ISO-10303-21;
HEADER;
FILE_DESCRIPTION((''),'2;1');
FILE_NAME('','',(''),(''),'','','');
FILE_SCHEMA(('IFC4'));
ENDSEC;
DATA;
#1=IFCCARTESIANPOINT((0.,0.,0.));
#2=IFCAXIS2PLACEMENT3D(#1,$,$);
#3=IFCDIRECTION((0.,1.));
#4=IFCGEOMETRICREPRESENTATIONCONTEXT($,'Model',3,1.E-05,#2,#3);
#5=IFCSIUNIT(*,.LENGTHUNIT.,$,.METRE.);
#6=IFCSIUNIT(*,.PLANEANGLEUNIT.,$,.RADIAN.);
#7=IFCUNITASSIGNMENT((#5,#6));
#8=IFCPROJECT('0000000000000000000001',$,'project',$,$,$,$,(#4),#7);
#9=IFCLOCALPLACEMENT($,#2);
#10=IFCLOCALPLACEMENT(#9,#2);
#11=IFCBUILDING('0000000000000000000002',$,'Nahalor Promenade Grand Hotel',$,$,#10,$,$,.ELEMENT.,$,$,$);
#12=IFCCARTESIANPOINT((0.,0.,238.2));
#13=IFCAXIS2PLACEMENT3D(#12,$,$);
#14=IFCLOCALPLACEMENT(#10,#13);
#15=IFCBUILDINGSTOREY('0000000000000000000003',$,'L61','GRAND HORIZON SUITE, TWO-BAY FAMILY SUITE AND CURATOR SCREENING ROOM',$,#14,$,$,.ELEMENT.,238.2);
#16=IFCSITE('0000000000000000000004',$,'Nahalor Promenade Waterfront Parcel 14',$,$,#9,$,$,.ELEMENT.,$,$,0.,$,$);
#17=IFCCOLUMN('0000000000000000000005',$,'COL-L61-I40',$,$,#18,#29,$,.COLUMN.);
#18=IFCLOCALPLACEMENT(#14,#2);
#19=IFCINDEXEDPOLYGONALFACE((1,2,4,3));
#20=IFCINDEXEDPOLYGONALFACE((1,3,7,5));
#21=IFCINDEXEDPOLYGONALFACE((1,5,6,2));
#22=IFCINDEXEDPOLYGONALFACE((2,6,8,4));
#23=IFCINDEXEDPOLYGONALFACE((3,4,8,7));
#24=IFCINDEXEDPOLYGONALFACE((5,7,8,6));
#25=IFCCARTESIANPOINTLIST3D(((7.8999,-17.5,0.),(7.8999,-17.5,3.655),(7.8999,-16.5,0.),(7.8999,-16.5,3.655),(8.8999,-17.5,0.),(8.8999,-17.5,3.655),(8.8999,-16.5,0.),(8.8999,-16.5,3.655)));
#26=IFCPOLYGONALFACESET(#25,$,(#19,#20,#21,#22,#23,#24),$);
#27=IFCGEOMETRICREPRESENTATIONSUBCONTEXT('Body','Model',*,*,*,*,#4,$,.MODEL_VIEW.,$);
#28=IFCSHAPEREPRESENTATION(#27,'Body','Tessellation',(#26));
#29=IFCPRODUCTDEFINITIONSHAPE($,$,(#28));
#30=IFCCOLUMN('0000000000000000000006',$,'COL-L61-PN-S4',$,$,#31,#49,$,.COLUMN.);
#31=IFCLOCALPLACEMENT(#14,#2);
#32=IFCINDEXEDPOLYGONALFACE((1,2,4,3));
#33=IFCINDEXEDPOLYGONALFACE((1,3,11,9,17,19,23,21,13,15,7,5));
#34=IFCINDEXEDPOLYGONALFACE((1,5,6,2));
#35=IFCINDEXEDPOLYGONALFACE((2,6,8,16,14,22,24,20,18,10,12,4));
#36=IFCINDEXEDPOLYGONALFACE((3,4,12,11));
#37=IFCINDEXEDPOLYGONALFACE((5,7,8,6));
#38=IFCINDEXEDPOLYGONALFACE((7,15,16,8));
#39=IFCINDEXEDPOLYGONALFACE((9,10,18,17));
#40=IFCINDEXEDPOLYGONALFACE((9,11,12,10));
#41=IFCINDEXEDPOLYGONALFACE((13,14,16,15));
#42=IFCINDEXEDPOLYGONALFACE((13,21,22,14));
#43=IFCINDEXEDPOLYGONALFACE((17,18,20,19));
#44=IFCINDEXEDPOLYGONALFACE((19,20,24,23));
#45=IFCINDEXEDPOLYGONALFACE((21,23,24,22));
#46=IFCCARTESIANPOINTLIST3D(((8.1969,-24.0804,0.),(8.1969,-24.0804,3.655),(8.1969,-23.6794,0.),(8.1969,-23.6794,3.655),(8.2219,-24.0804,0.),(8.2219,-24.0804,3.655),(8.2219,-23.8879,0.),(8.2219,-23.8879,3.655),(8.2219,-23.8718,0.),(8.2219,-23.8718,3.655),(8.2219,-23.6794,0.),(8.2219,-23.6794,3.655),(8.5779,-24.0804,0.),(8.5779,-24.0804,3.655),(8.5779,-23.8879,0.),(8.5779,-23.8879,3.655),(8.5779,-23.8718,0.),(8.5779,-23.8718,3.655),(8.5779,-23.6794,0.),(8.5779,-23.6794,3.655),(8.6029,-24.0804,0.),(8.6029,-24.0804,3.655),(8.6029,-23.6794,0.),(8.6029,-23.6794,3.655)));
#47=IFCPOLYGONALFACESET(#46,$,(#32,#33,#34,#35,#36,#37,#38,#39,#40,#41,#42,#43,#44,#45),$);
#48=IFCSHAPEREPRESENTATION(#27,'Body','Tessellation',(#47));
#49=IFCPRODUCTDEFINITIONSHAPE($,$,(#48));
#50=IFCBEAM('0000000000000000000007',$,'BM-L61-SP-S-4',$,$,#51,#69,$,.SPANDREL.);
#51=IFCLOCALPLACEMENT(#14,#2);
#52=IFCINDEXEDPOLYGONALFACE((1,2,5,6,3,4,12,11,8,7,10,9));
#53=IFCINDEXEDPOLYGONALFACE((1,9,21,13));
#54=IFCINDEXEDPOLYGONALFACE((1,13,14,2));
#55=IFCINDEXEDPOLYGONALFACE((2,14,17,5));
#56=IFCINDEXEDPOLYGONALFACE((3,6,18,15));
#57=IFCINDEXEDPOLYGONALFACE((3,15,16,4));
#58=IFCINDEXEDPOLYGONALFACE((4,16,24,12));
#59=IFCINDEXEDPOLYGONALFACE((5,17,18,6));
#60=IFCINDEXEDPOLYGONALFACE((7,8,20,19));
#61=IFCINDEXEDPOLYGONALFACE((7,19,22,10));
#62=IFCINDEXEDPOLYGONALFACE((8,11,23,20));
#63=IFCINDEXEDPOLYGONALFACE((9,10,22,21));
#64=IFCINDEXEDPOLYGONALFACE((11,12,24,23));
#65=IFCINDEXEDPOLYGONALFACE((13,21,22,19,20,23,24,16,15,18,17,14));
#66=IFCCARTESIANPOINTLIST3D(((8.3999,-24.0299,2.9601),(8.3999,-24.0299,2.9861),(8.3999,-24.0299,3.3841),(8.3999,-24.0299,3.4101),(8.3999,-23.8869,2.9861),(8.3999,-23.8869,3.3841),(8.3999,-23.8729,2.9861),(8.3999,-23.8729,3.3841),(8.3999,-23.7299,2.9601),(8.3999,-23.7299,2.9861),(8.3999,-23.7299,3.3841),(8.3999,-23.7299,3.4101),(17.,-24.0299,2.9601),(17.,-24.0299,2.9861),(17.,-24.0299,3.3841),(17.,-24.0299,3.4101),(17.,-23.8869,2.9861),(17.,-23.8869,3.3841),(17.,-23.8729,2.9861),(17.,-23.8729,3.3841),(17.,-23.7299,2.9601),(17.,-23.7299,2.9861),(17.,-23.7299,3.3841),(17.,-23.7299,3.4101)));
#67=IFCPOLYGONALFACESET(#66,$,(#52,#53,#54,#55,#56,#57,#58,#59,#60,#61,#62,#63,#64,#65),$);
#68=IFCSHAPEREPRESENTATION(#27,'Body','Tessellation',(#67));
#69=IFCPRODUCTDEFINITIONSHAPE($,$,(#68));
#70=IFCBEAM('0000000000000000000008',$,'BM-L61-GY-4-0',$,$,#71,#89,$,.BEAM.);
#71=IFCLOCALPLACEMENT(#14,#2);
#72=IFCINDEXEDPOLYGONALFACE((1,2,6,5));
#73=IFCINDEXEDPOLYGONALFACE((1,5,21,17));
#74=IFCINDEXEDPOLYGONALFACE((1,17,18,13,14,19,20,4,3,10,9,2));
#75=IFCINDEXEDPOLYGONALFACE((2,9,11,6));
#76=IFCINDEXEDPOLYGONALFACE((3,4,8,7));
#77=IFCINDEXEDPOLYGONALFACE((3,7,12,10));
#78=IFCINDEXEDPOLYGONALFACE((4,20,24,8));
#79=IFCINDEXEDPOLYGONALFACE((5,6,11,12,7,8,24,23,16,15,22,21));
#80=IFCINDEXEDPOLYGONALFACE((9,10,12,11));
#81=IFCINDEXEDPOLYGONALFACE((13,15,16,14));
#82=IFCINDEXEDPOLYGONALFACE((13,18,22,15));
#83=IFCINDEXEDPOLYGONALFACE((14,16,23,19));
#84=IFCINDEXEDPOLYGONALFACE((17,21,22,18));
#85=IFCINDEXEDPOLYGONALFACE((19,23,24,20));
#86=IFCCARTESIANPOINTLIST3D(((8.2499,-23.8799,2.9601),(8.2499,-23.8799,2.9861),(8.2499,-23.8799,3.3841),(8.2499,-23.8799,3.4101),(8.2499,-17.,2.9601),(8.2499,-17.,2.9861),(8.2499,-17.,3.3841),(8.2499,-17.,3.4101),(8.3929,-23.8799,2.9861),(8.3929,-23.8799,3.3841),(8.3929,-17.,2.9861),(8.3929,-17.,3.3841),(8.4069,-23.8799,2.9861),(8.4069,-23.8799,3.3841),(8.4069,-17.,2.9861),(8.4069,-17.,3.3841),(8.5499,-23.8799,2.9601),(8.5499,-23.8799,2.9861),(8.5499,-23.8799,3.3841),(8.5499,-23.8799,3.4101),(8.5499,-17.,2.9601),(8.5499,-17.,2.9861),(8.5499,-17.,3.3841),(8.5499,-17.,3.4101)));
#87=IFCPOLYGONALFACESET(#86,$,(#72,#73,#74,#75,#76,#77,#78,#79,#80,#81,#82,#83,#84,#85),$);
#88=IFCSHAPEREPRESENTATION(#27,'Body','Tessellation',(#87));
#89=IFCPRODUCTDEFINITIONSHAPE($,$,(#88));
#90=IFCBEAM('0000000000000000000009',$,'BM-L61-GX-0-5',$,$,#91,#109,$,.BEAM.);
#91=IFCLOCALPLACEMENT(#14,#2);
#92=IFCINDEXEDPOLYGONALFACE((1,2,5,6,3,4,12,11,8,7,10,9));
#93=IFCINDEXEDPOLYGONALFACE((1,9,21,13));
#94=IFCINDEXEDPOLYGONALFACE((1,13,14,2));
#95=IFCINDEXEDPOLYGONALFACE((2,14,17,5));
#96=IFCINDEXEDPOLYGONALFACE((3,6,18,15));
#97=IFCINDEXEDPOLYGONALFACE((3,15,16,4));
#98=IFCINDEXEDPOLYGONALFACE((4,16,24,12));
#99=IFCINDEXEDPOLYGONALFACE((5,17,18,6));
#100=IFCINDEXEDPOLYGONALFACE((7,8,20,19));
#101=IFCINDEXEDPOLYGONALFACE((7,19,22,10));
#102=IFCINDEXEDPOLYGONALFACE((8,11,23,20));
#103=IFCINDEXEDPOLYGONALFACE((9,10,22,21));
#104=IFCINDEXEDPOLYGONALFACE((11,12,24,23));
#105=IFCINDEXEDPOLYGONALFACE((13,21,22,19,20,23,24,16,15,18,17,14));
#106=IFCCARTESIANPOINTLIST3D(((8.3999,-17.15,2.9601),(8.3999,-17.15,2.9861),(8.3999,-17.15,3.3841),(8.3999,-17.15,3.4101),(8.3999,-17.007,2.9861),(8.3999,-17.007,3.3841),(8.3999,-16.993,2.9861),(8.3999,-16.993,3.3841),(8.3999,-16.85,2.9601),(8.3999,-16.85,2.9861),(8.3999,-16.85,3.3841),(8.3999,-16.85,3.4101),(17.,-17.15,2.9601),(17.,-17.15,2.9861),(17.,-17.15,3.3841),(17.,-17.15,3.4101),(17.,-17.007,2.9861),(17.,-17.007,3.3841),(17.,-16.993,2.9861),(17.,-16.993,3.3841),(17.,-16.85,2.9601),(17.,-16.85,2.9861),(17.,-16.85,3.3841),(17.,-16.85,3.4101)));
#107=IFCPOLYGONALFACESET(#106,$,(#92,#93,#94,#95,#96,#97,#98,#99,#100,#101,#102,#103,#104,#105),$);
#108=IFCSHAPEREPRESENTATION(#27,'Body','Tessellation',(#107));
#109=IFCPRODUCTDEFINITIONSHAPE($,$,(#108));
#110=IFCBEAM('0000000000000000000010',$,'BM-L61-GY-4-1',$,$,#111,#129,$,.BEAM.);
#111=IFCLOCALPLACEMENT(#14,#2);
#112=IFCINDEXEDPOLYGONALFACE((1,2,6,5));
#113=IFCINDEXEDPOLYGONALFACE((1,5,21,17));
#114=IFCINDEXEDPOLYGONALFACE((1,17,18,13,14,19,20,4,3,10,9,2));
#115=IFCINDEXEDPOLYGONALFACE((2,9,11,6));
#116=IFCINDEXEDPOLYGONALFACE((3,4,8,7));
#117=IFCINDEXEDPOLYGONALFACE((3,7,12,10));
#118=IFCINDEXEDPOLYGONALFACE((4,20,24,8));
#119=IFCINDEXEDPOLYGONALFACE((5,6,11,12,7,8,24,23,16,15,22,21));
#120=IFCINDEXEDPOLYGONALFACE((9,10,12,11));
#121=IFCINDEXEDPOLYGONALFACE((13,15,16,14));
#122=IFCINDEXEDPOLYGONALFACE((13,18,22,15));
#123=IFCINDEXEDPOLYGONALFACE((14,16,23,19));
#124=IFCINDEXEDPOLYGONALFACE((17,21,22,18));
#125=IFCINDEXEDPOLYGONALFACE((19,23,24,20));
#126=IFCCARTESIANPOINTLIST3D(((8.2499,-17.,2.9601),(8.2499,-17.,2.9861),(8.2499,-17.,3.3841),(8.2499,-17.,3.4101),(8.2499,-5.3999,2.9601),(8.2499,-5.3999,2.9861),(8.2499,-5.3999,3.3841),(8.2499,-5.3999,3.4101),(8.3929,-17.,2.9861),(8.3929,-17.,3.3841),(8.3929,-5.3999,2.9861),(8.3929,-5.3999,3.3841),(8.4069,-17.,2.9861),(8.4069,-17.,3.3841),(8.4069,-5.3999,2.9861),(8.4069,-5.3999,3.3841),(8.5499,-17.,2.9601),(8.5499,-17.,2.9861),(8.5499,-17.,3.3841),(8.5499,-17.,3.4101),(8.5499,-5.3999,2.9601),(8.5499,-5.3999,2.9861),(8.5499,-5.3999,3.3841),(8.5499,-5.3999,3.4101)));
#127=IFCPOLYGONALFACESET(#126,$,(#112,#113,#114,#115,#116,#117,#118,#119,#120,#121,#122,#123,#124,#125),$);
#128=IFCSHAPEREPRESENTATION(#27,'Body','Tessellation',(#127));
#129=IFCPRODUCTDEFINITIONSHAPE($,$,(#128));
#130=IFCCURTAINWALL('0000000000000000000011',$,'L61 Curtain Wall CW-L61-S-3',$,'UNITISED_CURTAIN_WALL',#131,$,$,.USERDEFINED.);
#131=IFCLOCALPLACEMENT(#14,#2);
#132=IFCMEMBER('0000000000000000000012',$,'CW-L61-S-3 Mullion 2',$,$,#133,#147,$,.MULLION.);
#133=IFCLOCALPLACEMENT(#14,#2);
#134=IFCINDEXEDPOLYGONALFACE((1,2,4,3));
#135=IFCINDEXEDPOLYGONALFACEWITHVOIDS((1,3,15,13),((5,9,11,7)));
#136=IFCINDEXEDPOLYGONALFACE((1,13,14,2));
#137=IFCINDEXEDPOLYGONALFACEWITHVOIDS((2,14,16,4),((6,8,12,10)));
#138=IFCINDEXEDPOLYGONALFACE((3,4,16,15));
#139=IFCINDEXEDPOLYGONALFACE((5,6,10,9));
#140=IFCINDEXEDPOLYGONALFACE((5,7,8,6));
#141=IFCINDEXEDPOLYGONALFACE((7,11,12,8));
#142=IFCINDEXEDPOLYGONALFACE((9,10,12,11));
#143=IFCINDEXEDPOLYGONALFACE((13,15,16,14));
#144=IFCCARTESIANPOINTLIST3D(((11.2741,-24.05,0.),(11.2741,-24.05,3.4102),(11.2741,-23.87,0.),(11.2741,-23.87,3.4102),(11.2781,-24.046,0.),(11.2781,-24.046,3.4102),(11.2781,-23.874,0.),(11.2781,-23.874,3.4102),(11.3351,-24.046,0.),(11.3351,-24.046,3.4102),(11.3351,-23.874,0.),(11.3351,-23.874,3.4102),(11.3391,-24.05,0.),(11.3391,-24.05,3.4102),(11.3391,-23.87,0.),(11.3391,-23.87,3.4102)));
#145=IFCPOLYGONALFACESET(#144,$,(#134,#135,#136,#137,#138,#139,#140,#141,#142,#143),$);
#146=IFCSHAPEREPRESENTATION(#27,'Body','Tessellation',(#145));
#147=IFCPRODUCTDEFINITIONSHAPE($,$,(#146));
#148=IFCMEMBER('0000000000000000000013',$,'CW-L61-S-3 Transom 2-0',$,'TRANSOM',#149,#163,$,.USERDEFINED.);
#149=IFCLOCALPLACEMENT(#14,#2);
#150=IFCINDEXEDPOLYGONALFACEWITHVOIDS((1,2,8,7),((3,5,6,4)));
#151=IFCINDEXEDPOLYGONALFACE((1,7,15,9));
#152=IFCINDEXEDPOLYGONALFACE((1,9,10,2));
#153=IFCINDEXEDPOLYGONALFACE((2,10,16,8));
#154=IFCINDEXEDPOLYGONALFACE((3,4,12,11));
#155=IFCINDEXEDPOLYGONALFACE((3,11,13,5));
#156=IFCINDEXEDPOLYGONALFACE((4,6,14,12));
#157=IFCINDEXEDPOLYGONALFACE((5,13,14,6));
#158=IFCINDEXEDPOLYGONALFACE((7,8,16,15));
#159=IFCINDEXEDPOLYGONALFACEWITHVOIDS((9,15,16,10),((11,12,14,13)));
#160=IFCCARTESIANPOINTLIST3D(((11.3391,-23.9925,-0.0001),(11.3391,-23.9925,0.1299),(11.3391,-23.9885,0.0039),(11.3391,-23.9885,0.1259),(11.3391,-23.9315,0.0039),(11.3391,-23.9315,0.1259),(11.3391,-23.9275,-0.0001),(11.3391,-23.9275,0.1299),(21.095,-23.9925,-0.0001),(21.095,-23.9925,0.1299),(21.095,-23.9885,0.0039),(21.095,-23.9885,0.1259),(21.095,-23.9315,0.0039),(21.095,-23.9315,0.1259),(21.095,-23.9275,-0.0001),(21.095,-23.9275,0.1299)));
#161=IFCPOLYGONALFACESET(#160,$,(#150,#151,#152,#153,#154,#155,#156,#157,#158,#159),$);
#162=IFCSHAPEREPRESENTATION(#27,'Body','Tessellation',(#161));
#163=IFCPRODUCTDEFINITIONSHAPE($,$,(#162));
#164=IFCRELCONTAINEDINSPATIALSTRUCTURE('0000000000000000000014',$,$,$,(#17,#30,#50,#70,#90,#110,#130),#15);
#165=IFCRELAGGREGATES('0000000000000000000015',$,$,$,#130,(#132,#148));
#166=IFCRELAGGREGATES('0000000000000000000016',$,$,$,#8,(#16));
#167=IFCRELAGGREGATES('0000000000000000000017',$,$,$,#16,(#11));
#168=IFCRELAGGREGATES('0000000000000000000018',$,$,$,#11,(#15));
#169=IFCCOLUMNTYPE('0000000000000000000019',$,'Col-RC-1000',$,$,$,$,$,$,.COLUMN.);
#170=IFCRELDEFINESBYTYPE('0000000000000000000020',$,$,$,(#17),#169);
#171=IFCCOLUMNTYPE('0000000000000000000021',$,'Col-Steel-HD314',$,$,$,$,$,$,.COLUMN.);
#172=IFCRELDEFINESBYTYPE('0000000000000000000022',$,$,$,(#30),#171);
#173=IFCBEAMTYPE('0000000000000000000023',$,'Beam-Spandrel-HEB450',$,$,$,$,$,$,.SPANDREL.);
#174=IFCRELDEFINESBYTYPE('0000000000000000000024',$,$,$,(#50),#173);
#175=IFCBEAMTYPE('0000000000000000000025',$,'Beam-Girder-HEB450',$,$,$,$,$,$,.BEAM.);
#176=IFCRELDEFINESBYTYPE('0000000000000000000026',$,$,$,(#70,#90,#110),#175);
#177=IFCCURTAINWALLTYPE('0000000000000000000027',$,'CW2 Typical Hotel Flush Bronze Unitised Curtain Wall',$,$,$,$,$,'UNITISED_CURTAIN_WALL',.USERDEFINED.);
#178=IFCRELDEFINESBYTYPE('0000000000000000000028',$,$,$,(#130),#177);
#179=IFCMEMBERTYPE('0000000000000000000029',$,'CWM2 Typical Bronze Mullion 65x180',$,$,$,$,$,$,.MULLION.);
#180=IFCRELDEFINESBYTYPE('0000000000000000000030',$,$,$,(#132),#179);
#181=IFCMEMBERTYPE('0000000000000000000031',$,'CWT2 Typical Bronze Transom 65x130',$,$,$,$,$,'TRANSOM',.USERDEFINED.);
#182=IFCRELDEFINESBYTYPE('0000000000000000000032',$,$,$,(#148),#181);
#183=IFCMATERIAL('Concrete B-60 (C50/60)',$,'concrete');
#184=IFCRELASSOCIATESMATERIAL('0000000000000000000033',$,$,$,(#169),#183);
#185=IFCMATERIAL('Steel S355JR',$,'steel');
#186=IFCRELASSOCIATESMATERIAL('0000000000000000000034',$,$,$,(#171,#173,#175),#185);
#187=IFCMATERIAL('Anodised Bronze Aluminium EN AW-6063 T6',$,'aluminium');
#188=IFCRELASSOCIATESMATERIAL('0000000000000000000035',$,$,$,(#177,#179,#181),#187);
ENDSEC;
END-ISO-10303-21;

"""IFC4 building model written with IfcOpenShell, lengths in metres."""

from ifc_helpers import new_model, si_unit, direction, frame, origin, origin_2d, place, context, subcontext, project, spatial, rectangle, hollow_rectangle, i_section, extrude, source, transform, mapped, material, material_profile, profile_set, type_object, element, aggregate, save


model = new_model("IFC4")

# Units and contexts
model_context = context("Model", 3, precision=1e-05, world=origin(), true_north=direction((0.0, 1.0)))
body_context = subcontext(model_context, "Body", "Model", "MODEL_VIEW")
ifc_project = project(units=[si_unit("LENGTHUNIT", "METRE"), si_unit("PLANEANGLEUNIT", "RADIAN")], contexts=[model_context])

# Site, building, storey
site_placement = place(None, origin())
site = spatial("IfcSite", under=ifc_project, at=site_placement, Name="Nahalor Promenade Waterfront Parcel 14", CompositionType="ELEMENT", RefElevation=0.0)
building_placement = place(site_placement, origin())
building = spatial("IfcBuilding", under=site, at=building_placement, Name="Nahalor Promenade Grand Hotel", CompositionType="ELEMENT")
storey_placement = place(building_placement, frame((0.0, 0.0, 238.2)))
storey = spatial("IfcBuildingStorey", under=building, at=storey_placement, Name="L61", Description="GRAND HORIZON SUITE, TWO-BAY FAMILY SUITE AND CURATOR SCREENING ROOM", CompositionType="ELEMENT", Elevation=238.2)

# Columns
ifc_material_1 = material(Name="Concrete B-60 (C50/60)", Category="concrete")
ifc_material_profile_1 = material_profile(ifc_material_1, rectangle(XDim=1.0, YDim=1.0, at=origin_2d()), Name="RC 1000x1000")
ifc_profile_set_1 = profile_set([ifc_material_profile_1], Name="Concrete B-60 (C50/60)")
column_type_1 = type_object("IfcColumnType", Name="Col-RC-1000", PredefinedType="COLUMN", material=ifc_profile_set_1)
shared_shape_1 = source(origin(), body_context, "Body", "SweptSolid", [
    extrude(rectangle(XDim=1.0, YDim=1.0, at=origin_2d()), origin(), (0.0, 0.0, 1.0), 3.655),
])
column_1_placement = place(storey_placement, frame((8.3999, -17.0, 0.0), z_axis=(0.0, 0.0, 1.0), x_axis=(1.0, 0.0, 0.0)))
element("IfcColumn", 1, at=column_1_placement, inside=storey, type_object=column_type_1, Name="COL-L61-I40", PredefinedType="COLUMN", context=body_context, shape_type="MappedRepresentation", body=[
    mapped(shared_shape_1, transform((0.0, 0.0, 0.0), scale=1.0)),
])
ifc_material_2 = material(Name="Steel S355JR", Category="steel")
ifc_material_profile_2 = material_profile(ifc_material_2, i_section(OverallWidth=0.401, OverallDepth=0.406, WebThickness=0.0161, FlangeThickness=0.025, at=origin_2d()), Name="HD 400x314")
ifc_profile_set_2 = profile_set([ifc_material_profile_2], Name="Steel S355JR")
column_type_2 = type_object("IfcColumnType", Name="Col-Steel-HD314", PredefinedType="COLUMN", material=ifc_profile_set_2)
shared_shape_2 = source(origin(), body_context, "Body", "SweptSolid", [
    extrude(i_section(OverallWidth=0.401, OverallDepth=0.406, WebThickness=0.0161, FlangeThickness=0.025, at=origin_2d()), origin(), (0.0, 0.0, 1.0), 3.655),
])
column_2_placement = place(storey_placement, frame((8.3999, -23.8799, 0.0), z_axis=(0.0, 0.0, 1.0), x_axis=(0.0, 1.0, 0.0)))
element("IfcColumn", 2, at=column_2_placement, inside=storey, type_object=column_type_2, Name="COL-L61-PN-S4", PredefinedType="COLUMN", context=body_context, shape_type="MappedRepresentation", body=[
    mapped(shared_shape_2, transform((0.0, 0.0, 0.0), scale=1.0)),
])

# Beams
ifc_material_profile_3 = material_profile(ifc_material_2, i_section(OverallWidth=0.3, OverallDepth=0.45, WebThickness=0.014, FlangeThickness=0.026, at=origin_2d()), Name="HEB 450")
ifc_profile_set_3 = profile_set([ifc_material_profile_3], Name="Steel S355JR")
beam_type_1 = type_object("IfcBeamType", Name="Beam-Spandrel-HEB450", PredefinedType="SPANDREL", material=ifc_profile_set_3)
shared_shape_3 = source(origin(), body_context, "Body", "SweptSolid", [
    extrude(i_section(OverallWidth=0.3, OverallDepth=0.45, WebThickness=0.014, FlangeThickness=0.026, at=origin_2d()), origin(), (0.0, 0.0, 1.0), 8.6001),
])
beam_1_placement = place(storey_placement, frame((8.3999, -23.8799, 3.1851), z_axis=(1.0, 0.0, 0.0), x_axis=(0.0, 1.0, 0.0)))
element("IfcBeam", 3, at=beam_1_placement, inside=storey, type_object=beam_type_1, Name="BM-L61-SP-S-4", PredefinedType="SPANDREL", context=body_context, shape_type="MappedRepresentation", body=[
    mapped(shared_shape_3, transform((0.0, 0.0, 0.0), scale=1.0)),
])
ifc_material_profile_4 = material_profile(ifc_material_2, i_section(OverallWidth=0.3, OverallDepth=0.45, WebThickness=0.014, FlangeThickness=0.026, at=origin_2d()), Name="HEB 450")
ifc_profile_set_4 = profile_set([ifc_material_profile_4], Name="Steel S355JR")
beam_type_2 = type_object("IfcBeamType", Name="Beam-Girder-HEB450", PredefinedType="BEAM", material=ifc_profile_set_4)
shared_shape_4 = source(origin(), body_context, "Body", "SweptSolid", [
    extrude(i_section(OverallWidth=0.3, OverallDepth=0.45, WebThickness=0.014, FlangeThickness=0.026, at=origin_2d()), origin(), (0.0, 0.0, 1.0), 6.8799),
])
beam_2_placement = place(storey_placement, frame((8.3999, -23.8799, 3.1851), z_axis=(0.0, 1.0, 0.0), x_axis=(-1.0, 0.0, 0.0)))
element("IfcBeam", 4, at=beam_2_placement, inside=storey, type_object=beam_type_2, Name="BM-L61-GY-4-0", PredefinedType="BEAM", context=body_context, shape_type="MappedRepresentation", body=[
    mapped(shared_shape_4, transform((0.0, 0.0, 0.0), scale=1.0)),
])
shared_shape_5 = source(origin(), body_context, "Body", "SweptSolid", [
    extrude(i_section(OverallWidth=0.3, OverallDepth=0.45, WebThickness=0.014, FlangeThickness=0.026, at=origin_2d()), origin(), (0.0, 0.0, 1.0), 8.6001),
])
beam_3_placement = place(storey_placement, frame((8.3999, -17.0, 3.1851), z_axis=(1.0, 0.0, 0.0), x_axis=(0.0, 1.0, 0.0)))
element("IfcBeam", 5, at=beam_3_placement, inside=storey, type_object=beam_type_2, Name="BM-L61-GX-0-5", PredefinedType="BEAM", context=body_context, shape_type="MappedRepresentation", body=[
    mapped(shared_shape_5, transform((0.0, 0.0, 0.0), scale=1.0)),
])
shared_shape_6 = source(origin(), body_context, "Body", "SweptSolid", [
    extrude(i_section(OverallWidth=0.3, OverallDepth=0.45, WebThickness=0.014, FlangeThickness=0.026, at=origin_2d()), origin(), (0.0, 0.0, 1.0), 11.6001),
])
beam_4_placement = place(storey_placement, frame((8.3999, -17.0, 3.1851), z_axis=(0.0, 1.0, 0.0), x_axis=(-1.0, 0.0, 0.0)))
element("IfcBeam", 6, at=beam_4_placement, inside=storey, type_object=beam_type_2, Name="BM-L61-GY-4-1", PredefinedType="BEAM", context=body_context, shape_type="MappedRepresentation", body=[
    mapped(shared_shape_6, transform((0.0, 0.0, 0.0), scale=1.0)),
])

# Curtain wall, members
ifc_material_3 = material(Name="Anodised Bronze Aluminium EN AW-6063 T6", Category="aluminium")
curtain_wall_type = type_object("IfcCurtainWallType", Name="CW2 Typical Hotel Flush Bronze Unitised Curtain Wall", ElementType="UNITISED_CURTAIN_WALL", PredefinedType="USERDEFINED", material=ifc_material_3)
curtain_wall_placement = place(storey_placement, origin())
curtain_wall = element("IfcCurtainWall", 7, at=curtain_wall_placement, inside=storey, type_object=curtain_wall_type, Name="L61 Curtain Wall CW-L61-S-3", ObjectType="UNITISED_CURTAIN_WALL", PredefinedType="USERDEFINED")
ifc_material_profile_5 = material_profile(ifc_material_3, hollow_rectangle(XDim=0.065, YDim=0.18, WallThickness=0.004, at=origin_2d()), Name="CWM 65x180x4")
ifc_profile_set_5 = profile_set([ifc_material_profile_5], Name="Anodised Bronze Aluminium EN AW-6063 T6")
member_type_1 = type_object("IfcMemberType", Name="CWM2 Typical Bronze Mullion 65x180", PredefinedType="MULLION", material=ifc_profile_set_5)
shared_shape_7 = source(origin(), body_context, "Body", "SweptSolid", [
    extrude(hollow_rectangle(XDim=0.065, YDim=0.18, WallThickness=0.004, at=origin_2d()), origin(), (0.0, 0.0, 1.0), 3.4102),
])
member_1_placement = place(storey_placement, frame((11.3066, -23.96, 0.0), z_axis=(0.0, 0.0, 1.0), x_axis=(1.0, 0.0, 0.0)))
member_1 = element("IfcMember", 8, at=member_1_placement, type_object=member_type_1, Name="CW-L61-S-3 Mullion 2", PredefinedType="MULLION", context=body_context, shape_type="MappedRepresentation", body=[
    mapped(shared_shape_7, transform((0.0, 0.0, 0.0), scale=1.0)),
])
ifc_material_profile_6 = material_profile(ifc_material_3, hollow_rectangle(XDim=0.065, YDim=0.13, WallThickness=0.004, at=origin_2d()), Name="CWT 65x130x4")
ifc_profile_set_6 = profile_set([ifc_material_profile_6], Name="Anodised Bronze Aluminium EN AW-6063 T6")
member_type_2 = type_object("IfcMemberType", Name="CWT2 Typical Bronze Transom 65x130", ElementType="TRANSOM", PredefinedType="USERDEFINED", material=ifc_profile_set_6)
shared_shape_8 = source(origin(), body_context, "Body", "SweptSolid", [
    extrude(hollow_rectangle(XDim=0.065, YDim=0.13, WallThickness=0.004, at=origin_2d()), origin(), (0.0, 0.0, 1.0), 9.7559),
])
member_2_placement = place(storey_placement, frame((11.3391, -23.96, 0.0649), z_axis=(1.0, 0.0, 0.0), x_axis=(0.0, 1.0, 0.0)))
member_2 = element("IfcMember", 9, at=member_2_placement, type_object=member_type_2, Name="CW-L61-S-3 Transom 2-0", ObjectType="TRANSOM", PredefinedType="USERDEFINED", context=body_context, shape_type="MappedRepresentation", body=[
    mapped(shared_shape_8, transform((0.0, 0.0, 0.0), scale=1.0)),
])
aggregate(curtain_wall, [member_1, member_2])

save(model, "model.ifc")
